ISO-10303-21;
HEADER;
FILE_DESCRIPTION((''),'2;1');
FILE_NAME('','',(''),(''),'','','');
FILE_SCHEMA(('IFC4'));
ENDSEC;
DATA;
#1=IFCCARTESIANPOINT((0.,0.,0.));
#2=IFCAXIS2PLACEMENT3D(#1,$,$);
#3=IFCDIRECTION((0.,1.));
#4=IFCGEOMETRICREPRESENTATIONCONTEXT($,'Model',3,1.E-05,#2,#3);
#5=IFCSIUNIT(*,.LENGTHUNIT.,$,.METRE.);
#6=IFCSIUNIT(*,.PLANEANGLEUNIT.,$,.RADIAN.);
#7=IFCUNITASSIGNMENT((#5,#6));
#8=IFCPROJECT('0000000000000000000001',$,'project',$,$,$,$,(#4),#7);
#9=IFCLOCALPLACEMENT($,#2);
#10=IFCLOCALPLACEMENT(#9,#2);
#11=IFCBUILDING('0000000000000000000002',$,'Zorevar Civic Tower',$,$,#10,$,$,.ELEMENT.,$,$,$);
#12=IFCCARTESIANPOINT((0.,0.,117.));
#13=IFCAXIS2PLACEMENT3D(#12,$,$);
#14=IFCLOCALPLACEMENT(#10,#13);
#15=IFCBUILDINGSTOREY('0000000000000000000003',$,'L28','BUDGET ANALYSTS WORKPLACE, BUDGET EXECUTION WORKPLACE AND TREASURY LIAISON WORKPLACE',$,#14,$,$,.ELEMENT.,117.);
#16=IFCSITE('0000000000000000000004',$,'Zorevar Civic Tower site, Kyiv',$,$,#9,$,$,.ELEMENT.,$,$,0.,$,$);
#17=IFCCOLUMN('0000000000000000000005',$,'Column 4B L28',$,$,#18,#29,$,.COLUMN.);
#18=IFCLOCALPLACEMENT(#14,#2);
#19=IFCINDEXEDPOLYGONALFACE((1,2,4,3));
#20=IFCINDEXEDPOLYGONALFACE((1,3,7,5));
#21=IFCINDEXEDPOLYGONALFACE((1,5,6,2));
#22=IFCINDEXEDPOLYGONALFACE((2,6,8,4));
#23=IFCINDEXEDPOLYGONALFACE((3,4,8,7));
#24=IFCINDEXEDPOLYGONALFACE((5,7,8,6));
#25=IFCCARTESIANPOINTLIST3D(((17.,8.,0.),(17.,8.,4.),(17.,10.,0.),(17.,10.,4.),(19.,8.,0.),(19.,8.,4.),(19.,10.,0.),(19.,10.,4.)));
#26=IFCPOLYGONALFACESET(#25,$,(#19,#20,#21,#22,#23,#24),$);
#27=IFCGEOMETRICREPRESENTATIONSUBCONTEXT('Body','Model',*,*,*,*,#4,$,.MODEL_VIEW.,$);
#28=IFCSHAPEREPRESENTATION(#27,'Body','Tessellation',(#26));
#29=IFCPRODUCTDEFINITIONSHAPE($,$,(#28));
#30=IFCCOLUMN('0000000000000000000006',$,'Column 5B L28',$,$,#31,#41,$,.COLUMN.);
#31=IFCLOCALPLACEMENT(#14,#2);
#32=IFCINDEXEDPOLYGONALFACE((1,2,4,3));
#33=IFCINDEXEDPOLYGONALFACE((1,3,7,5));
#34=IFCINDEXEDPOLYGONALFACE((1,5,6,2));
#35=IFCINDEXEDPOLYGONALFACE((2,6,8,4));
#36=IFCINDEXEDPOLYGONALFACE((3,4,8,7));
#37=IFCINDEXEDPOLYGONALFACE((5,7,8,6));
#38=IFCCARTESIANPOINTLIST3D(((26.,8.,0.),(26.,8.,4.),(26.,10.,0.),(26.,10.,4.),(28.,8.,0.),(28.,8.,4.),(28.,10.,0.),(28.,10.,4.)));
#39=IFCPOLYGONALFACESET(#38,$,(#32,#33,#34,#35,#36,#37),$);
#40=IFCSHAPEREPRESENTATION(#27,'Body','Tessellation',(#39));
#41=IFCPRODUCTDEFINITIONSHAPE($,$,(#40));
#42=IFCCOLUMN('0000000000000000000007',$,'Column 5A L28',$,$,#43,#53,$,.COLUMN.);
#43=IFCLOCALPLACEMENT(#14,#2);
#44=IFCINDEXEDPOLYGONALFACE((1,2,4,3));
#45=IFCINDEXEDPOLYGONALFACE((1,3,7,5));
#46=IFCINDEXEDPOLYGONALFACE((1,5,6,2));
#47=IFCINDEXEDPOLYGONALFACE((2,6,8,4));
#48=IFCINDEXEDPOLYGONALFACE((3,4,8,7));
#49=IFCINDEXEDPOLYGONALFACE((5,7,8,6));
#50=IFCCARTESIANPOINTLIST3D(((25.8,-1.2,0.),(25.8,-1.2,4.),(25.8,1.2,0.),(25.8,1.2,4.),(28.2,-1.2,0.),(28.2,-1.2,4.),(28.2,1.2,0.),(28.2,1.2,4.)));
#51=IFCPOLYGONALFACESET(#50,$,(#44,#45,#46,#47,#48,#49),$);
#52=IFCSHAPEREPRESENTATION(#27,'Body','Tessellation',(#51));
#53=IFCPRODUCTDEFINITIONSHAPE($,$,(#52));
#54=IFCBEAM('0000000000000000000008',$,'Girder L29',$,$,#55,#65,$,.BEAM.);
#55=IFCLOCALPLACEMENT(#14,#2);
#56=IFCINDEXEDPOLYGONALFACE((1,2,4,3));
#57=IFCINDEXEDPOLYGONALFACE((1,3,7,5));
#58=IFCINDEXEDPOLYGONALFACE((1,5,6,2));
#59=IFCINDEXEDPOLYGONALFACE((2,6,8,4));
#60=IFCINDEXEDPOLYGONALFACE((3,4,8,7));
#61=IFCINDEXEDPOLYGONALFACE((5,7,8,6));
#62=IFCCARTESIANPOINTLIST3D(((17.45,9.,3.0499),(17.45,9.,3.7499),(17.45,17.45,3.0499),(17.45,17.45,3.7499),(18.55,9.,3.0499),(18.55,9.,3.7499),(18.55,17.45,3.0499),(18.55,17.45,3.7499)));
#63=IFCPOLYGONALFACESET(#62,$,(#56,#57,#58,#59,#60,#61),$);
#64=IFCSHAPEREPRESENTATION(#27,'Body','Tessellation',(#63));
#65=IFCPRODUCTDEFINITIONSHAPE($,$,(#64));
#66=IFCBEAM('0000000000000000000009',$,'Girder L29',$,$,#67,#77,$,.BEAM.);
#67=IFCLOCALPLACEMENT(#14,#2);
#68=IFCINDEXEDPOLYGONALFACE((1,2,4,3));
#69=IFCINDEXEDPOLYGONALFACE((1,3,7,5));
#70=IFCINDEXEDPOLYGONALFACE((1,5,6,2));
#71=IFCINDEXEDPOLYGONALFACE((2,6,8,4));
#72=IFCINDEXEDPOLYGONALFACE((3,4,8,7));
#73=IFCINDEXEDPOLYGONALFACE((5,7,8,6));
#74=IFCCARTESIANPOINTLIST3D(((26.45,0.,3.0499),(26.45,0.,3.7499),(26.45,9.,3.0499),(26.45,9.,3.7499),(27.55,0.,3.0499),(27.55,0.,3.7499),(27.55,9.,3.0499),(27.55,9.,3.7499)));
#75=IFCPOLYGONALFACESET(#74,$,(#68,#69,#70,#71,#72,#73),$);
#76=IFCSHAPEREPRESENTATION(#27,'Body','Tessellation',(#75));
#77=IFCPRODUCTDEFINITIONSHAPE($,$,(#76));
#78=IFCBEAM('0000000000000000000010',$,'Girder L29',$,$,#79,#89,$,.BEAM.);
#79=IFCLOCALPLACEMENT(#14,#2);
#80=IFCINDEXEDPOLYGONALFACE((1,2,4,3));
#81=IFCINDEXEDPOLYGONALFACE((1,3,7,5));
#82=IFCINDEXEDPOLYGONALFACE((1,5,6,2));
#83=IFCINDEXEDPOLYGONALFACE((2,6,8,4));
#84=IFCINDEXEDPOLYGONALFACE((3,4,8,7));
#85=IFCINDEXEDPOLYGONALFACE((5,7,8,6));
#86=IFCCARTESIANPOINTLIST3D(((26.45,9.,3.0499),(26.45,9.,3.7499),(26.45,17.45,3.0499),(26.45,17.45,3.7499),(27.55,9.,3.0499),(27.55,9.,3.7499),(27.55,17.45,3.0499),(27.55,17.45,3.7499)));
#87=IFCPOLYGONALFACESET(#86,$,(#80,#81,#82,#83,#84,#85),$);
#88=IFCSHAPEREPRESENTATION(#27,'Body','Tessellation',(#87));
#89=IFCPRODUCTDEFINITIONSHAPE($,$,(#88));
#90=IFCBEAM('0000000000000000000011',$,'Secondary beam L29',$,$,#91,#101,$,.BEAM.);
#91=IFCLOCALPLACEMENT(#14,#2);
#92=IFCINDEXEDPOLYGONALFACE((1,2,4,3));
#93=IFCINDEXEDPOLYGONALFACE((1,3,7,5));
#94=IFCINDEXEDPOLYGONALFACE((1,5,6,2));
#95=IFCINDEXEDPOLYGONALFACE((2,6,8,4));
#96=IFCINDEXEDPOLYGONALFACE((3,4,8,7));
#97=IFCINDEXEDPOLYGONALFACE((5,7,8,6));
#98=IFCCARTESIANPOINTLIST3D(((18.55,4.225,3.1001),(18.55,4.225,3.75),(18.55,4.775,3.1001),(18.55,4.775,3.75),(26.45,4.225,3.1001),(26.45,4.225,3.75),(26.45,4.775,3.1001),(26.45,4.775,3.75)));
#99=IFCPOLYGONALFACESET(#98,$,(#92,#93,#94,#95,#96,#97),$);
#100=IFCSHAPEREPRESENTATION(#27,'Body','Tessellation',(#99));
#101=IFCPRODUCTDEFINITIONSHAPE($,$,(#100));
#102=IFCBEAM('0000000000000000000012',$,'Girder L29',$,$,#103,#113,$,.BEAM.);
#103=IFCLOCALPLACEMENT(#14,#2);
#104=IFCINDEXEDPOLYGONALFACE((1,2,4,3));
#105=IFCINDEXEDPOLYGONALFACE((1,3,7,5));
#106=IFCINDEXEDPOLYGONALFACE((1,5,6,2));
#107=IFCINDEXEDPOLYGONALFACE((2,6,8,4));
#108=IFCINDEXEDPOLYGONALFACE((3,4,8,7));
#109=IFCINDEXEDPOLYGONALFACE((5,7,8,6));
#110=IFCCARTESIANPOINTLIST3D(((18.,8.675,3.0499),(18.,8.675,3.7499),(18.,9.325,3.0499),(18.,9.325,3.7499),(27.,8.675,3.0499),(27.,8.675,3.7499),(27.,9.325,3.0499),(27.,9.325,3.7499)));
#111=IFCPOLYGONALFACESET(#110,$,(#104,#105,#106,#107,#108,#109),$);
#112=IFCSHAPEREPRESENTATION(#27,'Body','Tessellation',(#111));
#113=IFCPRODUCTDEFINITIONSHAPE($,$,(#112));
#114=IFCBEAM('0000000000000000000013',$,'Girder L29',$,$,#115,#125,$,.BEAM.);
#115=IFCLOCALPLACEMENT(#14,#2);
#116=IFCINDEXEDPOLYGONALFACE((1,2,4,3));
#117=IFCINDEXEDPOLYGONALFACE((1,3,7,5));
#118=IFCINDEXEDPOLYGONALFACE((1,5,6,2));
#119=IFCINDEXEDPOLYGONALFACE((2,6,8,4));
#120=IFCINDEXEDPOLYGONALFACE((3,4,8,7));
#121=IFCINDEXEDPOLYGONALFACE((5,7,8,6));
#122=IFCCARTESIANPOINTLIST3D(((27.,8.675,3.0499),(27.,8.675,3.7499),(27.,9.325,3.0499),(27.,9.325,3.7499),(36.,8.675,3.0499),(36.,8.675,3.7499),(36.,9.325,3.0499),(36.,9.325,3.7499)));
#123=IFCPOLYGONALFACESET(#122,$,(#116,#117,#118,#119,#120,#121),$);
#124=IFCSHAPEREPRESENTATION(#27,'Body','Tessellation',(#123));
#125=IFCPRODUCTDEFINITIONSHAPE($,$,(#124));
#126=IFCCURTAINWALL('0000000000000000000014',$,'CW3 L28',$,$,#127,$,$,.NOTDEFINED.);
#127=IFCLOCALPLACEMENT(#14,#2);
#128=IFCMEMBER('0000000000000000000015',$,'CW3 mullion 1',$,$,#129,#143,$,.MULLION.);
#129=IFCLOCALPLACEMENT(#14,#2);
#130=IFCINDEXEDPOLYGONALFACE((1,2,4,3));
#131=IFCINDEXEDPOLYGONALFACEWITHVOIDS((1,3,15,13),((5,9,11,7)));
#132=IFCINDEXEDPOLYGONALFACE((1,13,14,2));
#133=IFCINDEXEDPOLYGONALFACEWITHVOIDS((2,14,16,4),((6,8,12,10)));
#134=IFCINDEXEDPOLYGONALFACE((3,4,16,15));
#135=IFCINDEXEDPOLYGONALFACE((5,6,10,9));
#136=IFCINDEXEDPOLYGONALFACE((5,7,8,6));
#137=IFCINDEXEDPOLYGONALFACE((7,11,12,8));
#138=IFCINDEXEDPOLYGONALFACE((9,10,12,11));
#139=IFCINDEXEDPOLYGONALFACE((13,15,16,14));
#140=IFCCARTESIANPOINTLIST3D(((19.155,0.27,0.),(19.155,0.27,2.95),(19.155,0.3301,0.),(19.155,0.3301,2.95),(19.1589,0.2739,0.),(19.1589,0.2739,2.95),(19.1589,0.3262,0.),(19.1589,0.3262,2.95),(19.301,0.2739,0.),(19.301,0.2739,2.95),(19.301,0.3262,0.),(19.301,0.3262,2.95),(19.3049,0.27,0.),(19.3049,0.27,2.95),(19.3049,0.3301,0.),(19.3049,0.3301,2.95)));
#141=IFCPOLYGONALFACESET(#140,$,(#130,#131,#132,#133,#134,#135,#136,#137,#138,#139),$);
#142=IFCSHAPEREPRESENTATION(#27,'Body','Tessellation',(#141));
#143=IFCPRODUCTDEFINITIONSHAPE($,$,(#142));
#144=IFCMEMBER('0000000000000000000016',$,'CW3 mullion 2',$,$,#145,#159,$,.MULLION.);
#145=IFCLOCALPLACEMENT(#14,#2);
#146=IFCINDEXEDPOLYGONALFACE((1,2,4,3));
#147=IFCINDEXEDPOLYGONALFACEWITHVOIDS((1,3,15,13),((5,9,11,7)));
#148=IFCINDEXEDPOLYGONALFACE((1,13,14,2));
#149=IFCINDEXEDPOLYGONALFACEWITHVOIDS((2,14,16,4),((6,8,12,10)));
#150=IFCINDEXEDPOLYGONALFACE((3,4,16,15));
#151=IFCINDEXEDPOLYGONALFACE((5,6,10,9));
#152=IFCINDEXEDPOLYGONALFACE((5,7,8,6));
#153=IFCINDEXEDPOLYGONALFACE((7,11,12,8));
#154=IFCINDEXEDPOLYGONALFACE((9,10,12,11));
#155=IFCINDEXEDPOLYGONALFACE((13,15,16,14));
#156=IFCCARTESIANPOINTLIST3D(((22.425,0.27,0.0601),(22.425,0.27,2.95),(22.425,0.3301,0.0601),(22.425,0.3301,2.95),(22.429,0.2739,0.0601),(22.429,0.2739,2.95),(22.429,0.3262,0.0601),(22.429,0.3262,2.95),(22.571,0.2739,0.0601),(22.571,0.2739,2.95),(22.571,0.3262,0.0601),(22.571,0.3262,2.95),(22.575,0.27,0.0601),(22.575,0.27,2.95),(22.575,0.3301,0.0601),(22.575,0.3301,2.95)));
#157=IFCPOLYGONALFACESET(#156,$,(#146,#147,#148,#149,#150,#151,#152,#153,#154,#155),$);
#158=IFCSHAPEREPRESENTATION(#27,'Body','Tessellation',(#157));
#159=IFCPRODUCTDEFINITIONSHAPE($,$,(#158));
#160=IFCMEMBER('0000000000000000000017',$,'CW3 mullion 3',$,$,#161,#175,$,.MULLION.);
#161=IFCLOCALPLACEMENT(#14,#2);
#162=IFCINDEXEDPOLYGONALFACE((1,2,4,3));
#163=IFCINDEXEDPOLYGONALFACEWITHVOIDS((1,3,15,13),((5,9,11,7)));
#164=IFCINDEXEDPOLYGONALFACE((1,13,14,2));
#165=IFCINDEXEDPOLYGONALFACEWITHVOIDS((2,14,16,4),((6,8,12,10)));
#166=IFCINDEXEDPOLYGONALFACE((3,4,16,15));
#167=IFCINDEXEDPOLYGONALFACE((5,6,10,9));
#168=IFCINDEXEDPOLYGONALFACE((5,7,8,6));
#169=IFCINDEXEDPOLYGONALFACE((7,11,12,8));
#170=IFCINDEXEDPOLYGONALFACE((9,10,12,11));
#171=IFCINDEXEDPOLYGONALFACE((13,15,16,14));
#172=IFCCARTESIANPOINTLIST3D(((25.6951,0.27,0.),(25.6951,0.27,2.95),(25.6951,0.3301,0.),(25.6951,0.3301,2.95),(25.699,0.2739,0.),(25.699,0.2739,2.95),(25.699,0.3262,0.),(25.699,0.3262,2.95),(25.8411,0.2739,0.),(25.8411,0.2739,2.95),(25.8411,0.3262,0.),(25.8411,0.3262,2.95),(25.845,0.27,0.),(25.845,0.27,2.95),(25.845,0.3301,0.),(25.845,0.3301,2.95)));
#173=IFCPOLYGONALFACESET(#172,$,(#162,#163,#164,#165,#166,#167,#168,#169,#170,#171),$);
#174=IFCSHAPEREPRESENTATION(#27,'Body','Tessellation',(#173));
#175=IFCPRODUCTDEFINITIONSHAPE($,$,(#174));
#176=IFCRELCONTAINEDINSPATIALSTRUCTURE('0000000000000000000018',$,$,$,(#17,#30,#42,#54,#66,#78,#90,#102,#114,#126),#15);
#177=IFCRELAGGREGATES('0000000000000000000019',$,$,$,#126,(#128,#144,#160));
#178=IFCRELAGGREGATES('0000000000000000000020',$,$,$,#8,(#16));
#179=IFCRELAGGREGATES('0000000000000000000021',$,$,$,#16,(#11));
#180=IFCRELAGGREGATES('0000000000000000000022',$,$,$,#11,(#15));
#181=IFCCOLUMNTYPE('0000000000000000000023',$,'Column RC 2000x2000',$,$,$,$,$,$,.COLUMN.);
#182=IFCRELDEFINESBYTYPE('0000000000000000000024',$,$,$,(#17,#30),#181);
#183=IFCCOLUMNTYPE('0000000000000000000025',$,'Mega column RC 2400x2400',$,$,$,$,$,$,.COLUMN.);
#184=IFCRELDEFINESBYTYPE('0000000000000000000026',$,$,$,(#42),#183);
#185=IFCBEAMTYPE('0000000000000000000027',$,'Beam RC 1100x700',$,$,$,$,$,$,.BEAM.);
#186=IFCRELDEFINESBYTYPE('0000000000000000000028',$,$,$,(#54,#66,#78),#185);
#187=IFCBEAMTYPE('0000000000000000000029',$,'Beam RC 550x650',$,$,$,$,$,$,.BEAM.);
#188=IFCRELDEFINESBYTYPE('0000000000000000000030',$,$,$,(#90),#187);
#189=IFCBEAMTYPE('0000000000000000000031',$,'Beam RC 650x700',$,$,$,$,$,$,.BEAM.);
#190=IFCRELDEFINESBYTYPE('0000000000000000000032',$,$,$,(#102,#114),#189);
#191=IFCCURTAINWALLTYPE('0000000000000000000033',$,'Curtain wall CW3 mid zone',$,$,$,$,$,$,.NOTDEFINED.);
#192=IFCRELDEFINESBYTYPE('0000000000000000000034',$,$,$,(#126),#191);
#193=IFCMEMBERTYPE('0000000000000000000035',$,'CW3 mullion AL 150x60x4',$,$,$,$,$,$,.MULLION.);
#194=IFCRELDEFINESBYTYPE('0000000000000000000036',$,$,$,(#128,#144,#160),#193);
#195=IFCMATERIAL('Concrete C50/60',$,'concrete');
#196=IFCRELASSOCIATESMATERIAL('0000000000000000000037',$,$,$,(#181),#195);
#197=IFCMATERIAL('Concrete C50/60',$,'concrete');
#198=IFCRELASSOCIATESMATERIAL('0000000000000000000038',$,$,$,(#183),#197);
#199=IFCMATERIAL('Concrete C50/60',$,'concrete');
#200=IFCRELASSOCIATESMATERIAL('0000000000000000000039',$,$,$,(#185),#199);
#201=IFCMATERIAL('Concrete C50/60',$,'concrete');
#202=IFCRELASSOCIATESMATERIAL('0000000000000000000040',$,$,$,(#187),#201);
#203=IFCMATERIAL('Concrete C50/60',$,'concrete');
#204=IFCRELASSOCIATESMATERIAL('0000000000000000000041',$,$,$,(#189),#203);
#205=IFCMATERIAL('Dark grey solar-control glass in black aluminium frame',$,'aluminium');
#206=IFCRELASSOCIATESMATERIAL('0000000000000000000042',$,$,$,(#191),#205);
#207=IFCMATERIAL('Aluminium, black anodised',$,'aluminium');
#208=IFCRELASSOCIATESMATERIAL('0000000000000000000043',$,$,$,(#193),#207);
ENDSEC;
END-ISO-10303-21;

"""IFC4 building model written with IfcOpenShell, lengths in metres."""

from ifc_helpers import new_model, si_unit, direction, frame, origin, origin_2d, place, context, subcontext, project, spatial, rectangle, hollow_rectangle, extrude, material, material_profile, profile_set, type_object, element, aggregate, save


model = new_model("IFC4")

# Units and contexts
model_context = context("Model", 3, precision=1e-05, world=origin(), true_north=direction((0.0, 1.0)))
body_context = subcontext(model_context, "Body", "Model", "MODEL_VIEW")
ifc_project = project(units=[si_unit("LENGTHUNIT", "METRE"), si_unit("PLANEANGLEUNIT", "RADIAN")], contexts=[model_context])

# Site, building, storey
site_placement = place(None, origin())
site = spatial("IfcSite", under=ifc_project, at=site_placement, Name="Zorevar Civic Tower site, Kyiv", CompositionType="ELEMENT", RefElevation=0.0)
building_placement = place(site_placement, origin())
building = spatial("IfcBuilding", under=site, at=building_placement, Name="Zorevar Civic Tower", CompositionType="ELEMENT")
storey_placement = place(building_placement, frame((0.0, 0.0, 117.0)))
storey = spatial("IfcBuildingStorey", under=building, at=storey_placement, Name="L28", Description="BUDGET ANALYSTS WORKPLACE, BUDGET EXECUTION WORKPLACE AND TREASURY LIAISON WORKPLACE", CompositionType="ELEMENT", Elevation=117.0)

# Columns
ifc_material_1 = material(Name="Concrete C50/60", Category="concrete")
ifc_material_profile_1 = material_profile(ifc_material_1, rectangle(XDim=2.0, YDim=2.0, at=origin_2d()), Name="RC 2000x2000")
ifc_profile_set_1 = profile_set([ifc_material_profile_1], Name="Concrete C50/60")
column_type_1 = type_object("IfcColumnType", Name="Column RC 2000x2000", PredefinedType="COLUMN", material=ifc_profile_set_1)
for number, where, z_axis, x_axis, name in (
    (1, (18.0, 9.0, 0.0), (0.0, 0.0, 1.0), (1.0, 0.0, 0.0), "Column 4B L28"),
    (2, (27.0, 9.0, 0.0), (0.0, 0.0, 1.0), (1.0, 0.0, 0.0), "Column 5B L28"),
):
    element("IfcColumn", number, at=place(storey_placement, frame(where, z_axis=z_axis, x_axis=x_axis)), inside=storey, type_object=column_type_1, Name=name, PredefinedType="COLUMN", context=body_context, shape_type="SweptSolid", body=[
        extrude(rectangle(XDim=2.0, YDim=2.0, at=origin_2d()), origin(), (0.0, 0.0, 1.0), 4.0),
    ])
ifc_material_2 = material(Name="Concrete C50/60", Category="concrete")
ifc_material_profile_2 = material_profile(ifc_material_2, rectangle(XDim=2.3999, YDim=2.3999, at=origin_2d()), Name="RC 2400x2400")
ifc_profile_set_2 = profile_set([ifc_material_profile_2], Name="Concrete C50/60")
column_type_2 = type_object("IfcColumnType", Name="Mega column RC 2400x2400", PredefinedType="COLUMN", material=ifc_profile_set_2)
column_placement = place(storey_placement, frame((27.0, 0.0, 0.0), z_axis=(0.0, 0.0, 1.0), x_axis=(1.0, 0.0, 0.0)))
element("IfcColumn", 3, at=column_placement, inside=storey, type_object=column_type_2, Name="Column 5A L28", PredefinedType="COLUMN", context=body_context, shape_type="SweptSolid", body=[
    extrude(rectangle(XDim=2.3999, YDim=2.3999, at=origin_2d()), origin(), (0.0, 0.0, 1.0), 4.0),
])

# Beams
ifc_material_3 = material(Name="Concrete C50/60", Category="concrete")
ifc_material_profile_3 = material_profile(ifc_material_3, rectangle(XDim=1.1001, YDim=0.7, at=origin_2d()), Name="RC 1100x700")
ifc_profile_set_3 = profile_set([ifc_material_profile_3], Name="Concrete C50/60")
beam_type_1 = type_object("IfcBeamType", Name="Beam RC 1100x700", PredefinedType="BEAM", material=ifc_profile_set_3)
beam_1_placement = place(storey_placement, frame((18.0, 9.0, 3.3999), z_axis=(0.0, 1.0, 0.0), x_axis=(-1.0, 0.0, 0.0)))
element("IfcBeam", 4, at=beam_1_placement, inside=storey, type_object=beam_type_1, Name="Girder L29", PredefinedType="BEAM", context=body_context, shape_type="SweptSolid", body=[
    extrude(rectangle(XDim=1.1001, YDim=0.7, at=origin_2d()), origin(), (0.0, 0.0, 1.0), 8.45),
])
beam_2_placement = place(storey_placement, frame((27.0, 0.0, 3.3999), z_axis=(0.0, 1.0, 0.0), x_axis=(-1.0, 0.0, 0.0)))
element("IfcBeam", 5, at=beam_2_placement, inside=storey, type_object=beam_type_1, Name="Girder L29", PredefinedType="BEAM", context=body_context, shape_type="SweptSolid", body=[
    extrude(rectangle(XDim=1.1001, YDim=0.7, at=origin_2d()), origin(), (0.0, 0.0, 1.0), 9.0),
])
beam_3_placement = place(storey_placement, frame((27.0, 9.0, 3.3999), z_axis=(0.0, 1.0, 0.0), x_axis=(-1.0, 0.0, 0.0)))
element("IfcBeam", 6, at=beam_3_placement, inside=storey, type_object=beam_type_1, Name="Girder L29", PredefinedType="BEAM", context=body_context, shape_type="SweptSolid", body=[
    extrude(rectangle(XDim=1.1001, YDim=0.7, at=origin_2d()), origin(), (0.0, 0.0, 1.0), 8.45),
])
ifc_material_4 = material(Name="Concrete C50/60", Category="concrete")
ifc_material_profile_4 = material_profile(ifc_material_4, rectangle(XDim=0.55, YDim=0.6499, at=origin_2d()), Name="RC 550x650")
ifc_profile_set_4 = profile_set([ifc_material_profile_4], Name="Concrete C50/60")
beam_type_2 = type_object("IfcBeamType", Name="Beam RC 550x650", PredefinedType="BEAM", material=ifc_profile_set_4)
beam_4_placement = place(storey_placement, frame((18.55, 4.5, 3.425), z_axis=(1.0, 0.0, 0.0), x_axis=(0.0, 1.0, 0.0)))
element("IfcBeam", 7, at=beam_4_placement, inside=storey, type_object=beam_type_2, Name="Secondary beam L29", PredefinedType="BEAM", context=body_context, shape_type="SweptSolid", body=[
    extrude(rectangle(XDim=0.55, YDim=0.6499, at=origin_2d()), origin(), (0.0, 0.0, 1.0), 7.8999),
])
ifc_material_5 = material(Name="Concrete C50/60", Category="concrete")
ifc_material_profile_5 = material_profile(ifc_material_5, rectangle(XDim=0.6499, YDim=0.7, at=origin_2d()), Name="RC 650x700")
ifc_profile_set_5 = profile_set([ifc_material_profile_5], Name="Concrete C50/60")
beam_type_3 = type_object("IfcBeamType", Name="Beam RC 650x700", PredefinedType="BEAM", material=ifc_profile_set_5)
for number, where, z_axis, x_axis, name in (
    (8, (18.0, 9.0, 3.3999), (1.0, 0.0, 0.0), (0.0, 1.0, 0.0), "Girder L29"),
    (9, (27.0, 9.0, 3.3999), (1.0, 0.0, 0.0), (0.0, 1.0, 0.0), "Girder L29"),
):
    element("IfcBeam", number, at=place(storey_placement, frame(where, z_axis=z_axis, x_axis=x_axis)), inside=storey, type_object=beam_type_3, Name=name, PredefinedType="BEAM", context=body_context, shape_type="SweptSolid", body=[
        extrude(rectangle(XDim=0.6499, YDim=0.7, at=origin_2d()), origin(), (0.0, 0.0, 1.0), 9.0),
    ])

# Curtain wall, members
ifc_material_6 = material(Name="Dark grey solar-control glass in black aluminium frame", Category="aluminium")
curtain_wall_type = type_object("IfcCurtainWallType", Name="Curtain wall CW3 mid zone", PredefinedType="NOTDEFINED", material=ifc_material_6)
curtain_wall_placement = place(storey_placement, origin())
curtain_wall = element("IfcCurtainWall", 10, at=curtain_wall_placement, inside=storey, type_object=curtain_wall_type, Name="CW3 L28", PredefinedType="NOTDEFINED")
ifc_material_7 = material(Name="Aluminium, black anodised", Category="aluminium")
ifc_material_profile_6 = material_profile(ifc_material_7, hollow_rectangle(XDim=0.0601, YDim=0.1499, WallThickness=0.0039, at=origin_2d()), Name="AL 150x60x4")
ifc_profile_set_6 = profile_set([ifc_material_profile_6], Name="Aluminium, black anodised")
member_type_1 = type_object("IfcMemberType", Name="CW3 mullion AL 150x60x4", PredefinedType="MULLION", material=ifc_profile_set_6)
member_1_placement = place(storey_placement, frame((19.23, 0.3, 0.0), z_axis=(0.0, 0.0, 1.0), x_axis=(0.0, 1.0, 0.0)))
member_1 = element("IfcMember", 11, at=member_1_placement, type_object=member_type_1, Name="CW3 mullion 1", PredefinedType="MULLION", context=body_context, shape_type="SweptSolid", body=[
    extrude(hollow_rectangle(XDim=0.0601, YDim=0.1499, WallThickness=0.0039, at=origin_2d()), origin(), (0.0, 0.0, 1.0), 2.95),
])
member_2_placement = place(storey_placement, frame((22.5, 0.3, 0.0601), z_axis=(0.0, 0.0, 1.0), x_axis=(0.0, 1.0, 0.0)))
member_2 = element("IfcMember", 12, at=member_2_placement, type_object=member_type_1, Name="CW3 mullion 2", PredefinedType="MULLION", context=body_context, shape_type="SweptSolid", body=[
    extrude(hollow_rectangle(XDim=0.0601, YDim=0.1499, WallThickness=0.0039, at=origin_2d()), origin(), (0.0, 0.0, 1.0), 2.8899),
])
member_3_placement = place(storey_placement, frame((25.77, 0.3, 0.0), z_axis=(0.0, 0.0, 1.0), x_axis=(0.0, 1.0, 0.0)))
member_3 = element("IfcMember", 13, at=member_3_placement, type_object=member_type_1, Name="CW3 mullion 3", PredefinedType="MULLION", context=body_context, shape_type="SweptSolid", body=[
    extrude(hollow_rectangle(XDim=0.0601, YDim=0.1499, WallThickness=0.0039, at=origin_2d()), origin(), (0.0, 0.0, 1.0), 2.95),
])

aggregate(curtain_wall, [member_1, member_2, member_3])

save(model, "model.ifc")
